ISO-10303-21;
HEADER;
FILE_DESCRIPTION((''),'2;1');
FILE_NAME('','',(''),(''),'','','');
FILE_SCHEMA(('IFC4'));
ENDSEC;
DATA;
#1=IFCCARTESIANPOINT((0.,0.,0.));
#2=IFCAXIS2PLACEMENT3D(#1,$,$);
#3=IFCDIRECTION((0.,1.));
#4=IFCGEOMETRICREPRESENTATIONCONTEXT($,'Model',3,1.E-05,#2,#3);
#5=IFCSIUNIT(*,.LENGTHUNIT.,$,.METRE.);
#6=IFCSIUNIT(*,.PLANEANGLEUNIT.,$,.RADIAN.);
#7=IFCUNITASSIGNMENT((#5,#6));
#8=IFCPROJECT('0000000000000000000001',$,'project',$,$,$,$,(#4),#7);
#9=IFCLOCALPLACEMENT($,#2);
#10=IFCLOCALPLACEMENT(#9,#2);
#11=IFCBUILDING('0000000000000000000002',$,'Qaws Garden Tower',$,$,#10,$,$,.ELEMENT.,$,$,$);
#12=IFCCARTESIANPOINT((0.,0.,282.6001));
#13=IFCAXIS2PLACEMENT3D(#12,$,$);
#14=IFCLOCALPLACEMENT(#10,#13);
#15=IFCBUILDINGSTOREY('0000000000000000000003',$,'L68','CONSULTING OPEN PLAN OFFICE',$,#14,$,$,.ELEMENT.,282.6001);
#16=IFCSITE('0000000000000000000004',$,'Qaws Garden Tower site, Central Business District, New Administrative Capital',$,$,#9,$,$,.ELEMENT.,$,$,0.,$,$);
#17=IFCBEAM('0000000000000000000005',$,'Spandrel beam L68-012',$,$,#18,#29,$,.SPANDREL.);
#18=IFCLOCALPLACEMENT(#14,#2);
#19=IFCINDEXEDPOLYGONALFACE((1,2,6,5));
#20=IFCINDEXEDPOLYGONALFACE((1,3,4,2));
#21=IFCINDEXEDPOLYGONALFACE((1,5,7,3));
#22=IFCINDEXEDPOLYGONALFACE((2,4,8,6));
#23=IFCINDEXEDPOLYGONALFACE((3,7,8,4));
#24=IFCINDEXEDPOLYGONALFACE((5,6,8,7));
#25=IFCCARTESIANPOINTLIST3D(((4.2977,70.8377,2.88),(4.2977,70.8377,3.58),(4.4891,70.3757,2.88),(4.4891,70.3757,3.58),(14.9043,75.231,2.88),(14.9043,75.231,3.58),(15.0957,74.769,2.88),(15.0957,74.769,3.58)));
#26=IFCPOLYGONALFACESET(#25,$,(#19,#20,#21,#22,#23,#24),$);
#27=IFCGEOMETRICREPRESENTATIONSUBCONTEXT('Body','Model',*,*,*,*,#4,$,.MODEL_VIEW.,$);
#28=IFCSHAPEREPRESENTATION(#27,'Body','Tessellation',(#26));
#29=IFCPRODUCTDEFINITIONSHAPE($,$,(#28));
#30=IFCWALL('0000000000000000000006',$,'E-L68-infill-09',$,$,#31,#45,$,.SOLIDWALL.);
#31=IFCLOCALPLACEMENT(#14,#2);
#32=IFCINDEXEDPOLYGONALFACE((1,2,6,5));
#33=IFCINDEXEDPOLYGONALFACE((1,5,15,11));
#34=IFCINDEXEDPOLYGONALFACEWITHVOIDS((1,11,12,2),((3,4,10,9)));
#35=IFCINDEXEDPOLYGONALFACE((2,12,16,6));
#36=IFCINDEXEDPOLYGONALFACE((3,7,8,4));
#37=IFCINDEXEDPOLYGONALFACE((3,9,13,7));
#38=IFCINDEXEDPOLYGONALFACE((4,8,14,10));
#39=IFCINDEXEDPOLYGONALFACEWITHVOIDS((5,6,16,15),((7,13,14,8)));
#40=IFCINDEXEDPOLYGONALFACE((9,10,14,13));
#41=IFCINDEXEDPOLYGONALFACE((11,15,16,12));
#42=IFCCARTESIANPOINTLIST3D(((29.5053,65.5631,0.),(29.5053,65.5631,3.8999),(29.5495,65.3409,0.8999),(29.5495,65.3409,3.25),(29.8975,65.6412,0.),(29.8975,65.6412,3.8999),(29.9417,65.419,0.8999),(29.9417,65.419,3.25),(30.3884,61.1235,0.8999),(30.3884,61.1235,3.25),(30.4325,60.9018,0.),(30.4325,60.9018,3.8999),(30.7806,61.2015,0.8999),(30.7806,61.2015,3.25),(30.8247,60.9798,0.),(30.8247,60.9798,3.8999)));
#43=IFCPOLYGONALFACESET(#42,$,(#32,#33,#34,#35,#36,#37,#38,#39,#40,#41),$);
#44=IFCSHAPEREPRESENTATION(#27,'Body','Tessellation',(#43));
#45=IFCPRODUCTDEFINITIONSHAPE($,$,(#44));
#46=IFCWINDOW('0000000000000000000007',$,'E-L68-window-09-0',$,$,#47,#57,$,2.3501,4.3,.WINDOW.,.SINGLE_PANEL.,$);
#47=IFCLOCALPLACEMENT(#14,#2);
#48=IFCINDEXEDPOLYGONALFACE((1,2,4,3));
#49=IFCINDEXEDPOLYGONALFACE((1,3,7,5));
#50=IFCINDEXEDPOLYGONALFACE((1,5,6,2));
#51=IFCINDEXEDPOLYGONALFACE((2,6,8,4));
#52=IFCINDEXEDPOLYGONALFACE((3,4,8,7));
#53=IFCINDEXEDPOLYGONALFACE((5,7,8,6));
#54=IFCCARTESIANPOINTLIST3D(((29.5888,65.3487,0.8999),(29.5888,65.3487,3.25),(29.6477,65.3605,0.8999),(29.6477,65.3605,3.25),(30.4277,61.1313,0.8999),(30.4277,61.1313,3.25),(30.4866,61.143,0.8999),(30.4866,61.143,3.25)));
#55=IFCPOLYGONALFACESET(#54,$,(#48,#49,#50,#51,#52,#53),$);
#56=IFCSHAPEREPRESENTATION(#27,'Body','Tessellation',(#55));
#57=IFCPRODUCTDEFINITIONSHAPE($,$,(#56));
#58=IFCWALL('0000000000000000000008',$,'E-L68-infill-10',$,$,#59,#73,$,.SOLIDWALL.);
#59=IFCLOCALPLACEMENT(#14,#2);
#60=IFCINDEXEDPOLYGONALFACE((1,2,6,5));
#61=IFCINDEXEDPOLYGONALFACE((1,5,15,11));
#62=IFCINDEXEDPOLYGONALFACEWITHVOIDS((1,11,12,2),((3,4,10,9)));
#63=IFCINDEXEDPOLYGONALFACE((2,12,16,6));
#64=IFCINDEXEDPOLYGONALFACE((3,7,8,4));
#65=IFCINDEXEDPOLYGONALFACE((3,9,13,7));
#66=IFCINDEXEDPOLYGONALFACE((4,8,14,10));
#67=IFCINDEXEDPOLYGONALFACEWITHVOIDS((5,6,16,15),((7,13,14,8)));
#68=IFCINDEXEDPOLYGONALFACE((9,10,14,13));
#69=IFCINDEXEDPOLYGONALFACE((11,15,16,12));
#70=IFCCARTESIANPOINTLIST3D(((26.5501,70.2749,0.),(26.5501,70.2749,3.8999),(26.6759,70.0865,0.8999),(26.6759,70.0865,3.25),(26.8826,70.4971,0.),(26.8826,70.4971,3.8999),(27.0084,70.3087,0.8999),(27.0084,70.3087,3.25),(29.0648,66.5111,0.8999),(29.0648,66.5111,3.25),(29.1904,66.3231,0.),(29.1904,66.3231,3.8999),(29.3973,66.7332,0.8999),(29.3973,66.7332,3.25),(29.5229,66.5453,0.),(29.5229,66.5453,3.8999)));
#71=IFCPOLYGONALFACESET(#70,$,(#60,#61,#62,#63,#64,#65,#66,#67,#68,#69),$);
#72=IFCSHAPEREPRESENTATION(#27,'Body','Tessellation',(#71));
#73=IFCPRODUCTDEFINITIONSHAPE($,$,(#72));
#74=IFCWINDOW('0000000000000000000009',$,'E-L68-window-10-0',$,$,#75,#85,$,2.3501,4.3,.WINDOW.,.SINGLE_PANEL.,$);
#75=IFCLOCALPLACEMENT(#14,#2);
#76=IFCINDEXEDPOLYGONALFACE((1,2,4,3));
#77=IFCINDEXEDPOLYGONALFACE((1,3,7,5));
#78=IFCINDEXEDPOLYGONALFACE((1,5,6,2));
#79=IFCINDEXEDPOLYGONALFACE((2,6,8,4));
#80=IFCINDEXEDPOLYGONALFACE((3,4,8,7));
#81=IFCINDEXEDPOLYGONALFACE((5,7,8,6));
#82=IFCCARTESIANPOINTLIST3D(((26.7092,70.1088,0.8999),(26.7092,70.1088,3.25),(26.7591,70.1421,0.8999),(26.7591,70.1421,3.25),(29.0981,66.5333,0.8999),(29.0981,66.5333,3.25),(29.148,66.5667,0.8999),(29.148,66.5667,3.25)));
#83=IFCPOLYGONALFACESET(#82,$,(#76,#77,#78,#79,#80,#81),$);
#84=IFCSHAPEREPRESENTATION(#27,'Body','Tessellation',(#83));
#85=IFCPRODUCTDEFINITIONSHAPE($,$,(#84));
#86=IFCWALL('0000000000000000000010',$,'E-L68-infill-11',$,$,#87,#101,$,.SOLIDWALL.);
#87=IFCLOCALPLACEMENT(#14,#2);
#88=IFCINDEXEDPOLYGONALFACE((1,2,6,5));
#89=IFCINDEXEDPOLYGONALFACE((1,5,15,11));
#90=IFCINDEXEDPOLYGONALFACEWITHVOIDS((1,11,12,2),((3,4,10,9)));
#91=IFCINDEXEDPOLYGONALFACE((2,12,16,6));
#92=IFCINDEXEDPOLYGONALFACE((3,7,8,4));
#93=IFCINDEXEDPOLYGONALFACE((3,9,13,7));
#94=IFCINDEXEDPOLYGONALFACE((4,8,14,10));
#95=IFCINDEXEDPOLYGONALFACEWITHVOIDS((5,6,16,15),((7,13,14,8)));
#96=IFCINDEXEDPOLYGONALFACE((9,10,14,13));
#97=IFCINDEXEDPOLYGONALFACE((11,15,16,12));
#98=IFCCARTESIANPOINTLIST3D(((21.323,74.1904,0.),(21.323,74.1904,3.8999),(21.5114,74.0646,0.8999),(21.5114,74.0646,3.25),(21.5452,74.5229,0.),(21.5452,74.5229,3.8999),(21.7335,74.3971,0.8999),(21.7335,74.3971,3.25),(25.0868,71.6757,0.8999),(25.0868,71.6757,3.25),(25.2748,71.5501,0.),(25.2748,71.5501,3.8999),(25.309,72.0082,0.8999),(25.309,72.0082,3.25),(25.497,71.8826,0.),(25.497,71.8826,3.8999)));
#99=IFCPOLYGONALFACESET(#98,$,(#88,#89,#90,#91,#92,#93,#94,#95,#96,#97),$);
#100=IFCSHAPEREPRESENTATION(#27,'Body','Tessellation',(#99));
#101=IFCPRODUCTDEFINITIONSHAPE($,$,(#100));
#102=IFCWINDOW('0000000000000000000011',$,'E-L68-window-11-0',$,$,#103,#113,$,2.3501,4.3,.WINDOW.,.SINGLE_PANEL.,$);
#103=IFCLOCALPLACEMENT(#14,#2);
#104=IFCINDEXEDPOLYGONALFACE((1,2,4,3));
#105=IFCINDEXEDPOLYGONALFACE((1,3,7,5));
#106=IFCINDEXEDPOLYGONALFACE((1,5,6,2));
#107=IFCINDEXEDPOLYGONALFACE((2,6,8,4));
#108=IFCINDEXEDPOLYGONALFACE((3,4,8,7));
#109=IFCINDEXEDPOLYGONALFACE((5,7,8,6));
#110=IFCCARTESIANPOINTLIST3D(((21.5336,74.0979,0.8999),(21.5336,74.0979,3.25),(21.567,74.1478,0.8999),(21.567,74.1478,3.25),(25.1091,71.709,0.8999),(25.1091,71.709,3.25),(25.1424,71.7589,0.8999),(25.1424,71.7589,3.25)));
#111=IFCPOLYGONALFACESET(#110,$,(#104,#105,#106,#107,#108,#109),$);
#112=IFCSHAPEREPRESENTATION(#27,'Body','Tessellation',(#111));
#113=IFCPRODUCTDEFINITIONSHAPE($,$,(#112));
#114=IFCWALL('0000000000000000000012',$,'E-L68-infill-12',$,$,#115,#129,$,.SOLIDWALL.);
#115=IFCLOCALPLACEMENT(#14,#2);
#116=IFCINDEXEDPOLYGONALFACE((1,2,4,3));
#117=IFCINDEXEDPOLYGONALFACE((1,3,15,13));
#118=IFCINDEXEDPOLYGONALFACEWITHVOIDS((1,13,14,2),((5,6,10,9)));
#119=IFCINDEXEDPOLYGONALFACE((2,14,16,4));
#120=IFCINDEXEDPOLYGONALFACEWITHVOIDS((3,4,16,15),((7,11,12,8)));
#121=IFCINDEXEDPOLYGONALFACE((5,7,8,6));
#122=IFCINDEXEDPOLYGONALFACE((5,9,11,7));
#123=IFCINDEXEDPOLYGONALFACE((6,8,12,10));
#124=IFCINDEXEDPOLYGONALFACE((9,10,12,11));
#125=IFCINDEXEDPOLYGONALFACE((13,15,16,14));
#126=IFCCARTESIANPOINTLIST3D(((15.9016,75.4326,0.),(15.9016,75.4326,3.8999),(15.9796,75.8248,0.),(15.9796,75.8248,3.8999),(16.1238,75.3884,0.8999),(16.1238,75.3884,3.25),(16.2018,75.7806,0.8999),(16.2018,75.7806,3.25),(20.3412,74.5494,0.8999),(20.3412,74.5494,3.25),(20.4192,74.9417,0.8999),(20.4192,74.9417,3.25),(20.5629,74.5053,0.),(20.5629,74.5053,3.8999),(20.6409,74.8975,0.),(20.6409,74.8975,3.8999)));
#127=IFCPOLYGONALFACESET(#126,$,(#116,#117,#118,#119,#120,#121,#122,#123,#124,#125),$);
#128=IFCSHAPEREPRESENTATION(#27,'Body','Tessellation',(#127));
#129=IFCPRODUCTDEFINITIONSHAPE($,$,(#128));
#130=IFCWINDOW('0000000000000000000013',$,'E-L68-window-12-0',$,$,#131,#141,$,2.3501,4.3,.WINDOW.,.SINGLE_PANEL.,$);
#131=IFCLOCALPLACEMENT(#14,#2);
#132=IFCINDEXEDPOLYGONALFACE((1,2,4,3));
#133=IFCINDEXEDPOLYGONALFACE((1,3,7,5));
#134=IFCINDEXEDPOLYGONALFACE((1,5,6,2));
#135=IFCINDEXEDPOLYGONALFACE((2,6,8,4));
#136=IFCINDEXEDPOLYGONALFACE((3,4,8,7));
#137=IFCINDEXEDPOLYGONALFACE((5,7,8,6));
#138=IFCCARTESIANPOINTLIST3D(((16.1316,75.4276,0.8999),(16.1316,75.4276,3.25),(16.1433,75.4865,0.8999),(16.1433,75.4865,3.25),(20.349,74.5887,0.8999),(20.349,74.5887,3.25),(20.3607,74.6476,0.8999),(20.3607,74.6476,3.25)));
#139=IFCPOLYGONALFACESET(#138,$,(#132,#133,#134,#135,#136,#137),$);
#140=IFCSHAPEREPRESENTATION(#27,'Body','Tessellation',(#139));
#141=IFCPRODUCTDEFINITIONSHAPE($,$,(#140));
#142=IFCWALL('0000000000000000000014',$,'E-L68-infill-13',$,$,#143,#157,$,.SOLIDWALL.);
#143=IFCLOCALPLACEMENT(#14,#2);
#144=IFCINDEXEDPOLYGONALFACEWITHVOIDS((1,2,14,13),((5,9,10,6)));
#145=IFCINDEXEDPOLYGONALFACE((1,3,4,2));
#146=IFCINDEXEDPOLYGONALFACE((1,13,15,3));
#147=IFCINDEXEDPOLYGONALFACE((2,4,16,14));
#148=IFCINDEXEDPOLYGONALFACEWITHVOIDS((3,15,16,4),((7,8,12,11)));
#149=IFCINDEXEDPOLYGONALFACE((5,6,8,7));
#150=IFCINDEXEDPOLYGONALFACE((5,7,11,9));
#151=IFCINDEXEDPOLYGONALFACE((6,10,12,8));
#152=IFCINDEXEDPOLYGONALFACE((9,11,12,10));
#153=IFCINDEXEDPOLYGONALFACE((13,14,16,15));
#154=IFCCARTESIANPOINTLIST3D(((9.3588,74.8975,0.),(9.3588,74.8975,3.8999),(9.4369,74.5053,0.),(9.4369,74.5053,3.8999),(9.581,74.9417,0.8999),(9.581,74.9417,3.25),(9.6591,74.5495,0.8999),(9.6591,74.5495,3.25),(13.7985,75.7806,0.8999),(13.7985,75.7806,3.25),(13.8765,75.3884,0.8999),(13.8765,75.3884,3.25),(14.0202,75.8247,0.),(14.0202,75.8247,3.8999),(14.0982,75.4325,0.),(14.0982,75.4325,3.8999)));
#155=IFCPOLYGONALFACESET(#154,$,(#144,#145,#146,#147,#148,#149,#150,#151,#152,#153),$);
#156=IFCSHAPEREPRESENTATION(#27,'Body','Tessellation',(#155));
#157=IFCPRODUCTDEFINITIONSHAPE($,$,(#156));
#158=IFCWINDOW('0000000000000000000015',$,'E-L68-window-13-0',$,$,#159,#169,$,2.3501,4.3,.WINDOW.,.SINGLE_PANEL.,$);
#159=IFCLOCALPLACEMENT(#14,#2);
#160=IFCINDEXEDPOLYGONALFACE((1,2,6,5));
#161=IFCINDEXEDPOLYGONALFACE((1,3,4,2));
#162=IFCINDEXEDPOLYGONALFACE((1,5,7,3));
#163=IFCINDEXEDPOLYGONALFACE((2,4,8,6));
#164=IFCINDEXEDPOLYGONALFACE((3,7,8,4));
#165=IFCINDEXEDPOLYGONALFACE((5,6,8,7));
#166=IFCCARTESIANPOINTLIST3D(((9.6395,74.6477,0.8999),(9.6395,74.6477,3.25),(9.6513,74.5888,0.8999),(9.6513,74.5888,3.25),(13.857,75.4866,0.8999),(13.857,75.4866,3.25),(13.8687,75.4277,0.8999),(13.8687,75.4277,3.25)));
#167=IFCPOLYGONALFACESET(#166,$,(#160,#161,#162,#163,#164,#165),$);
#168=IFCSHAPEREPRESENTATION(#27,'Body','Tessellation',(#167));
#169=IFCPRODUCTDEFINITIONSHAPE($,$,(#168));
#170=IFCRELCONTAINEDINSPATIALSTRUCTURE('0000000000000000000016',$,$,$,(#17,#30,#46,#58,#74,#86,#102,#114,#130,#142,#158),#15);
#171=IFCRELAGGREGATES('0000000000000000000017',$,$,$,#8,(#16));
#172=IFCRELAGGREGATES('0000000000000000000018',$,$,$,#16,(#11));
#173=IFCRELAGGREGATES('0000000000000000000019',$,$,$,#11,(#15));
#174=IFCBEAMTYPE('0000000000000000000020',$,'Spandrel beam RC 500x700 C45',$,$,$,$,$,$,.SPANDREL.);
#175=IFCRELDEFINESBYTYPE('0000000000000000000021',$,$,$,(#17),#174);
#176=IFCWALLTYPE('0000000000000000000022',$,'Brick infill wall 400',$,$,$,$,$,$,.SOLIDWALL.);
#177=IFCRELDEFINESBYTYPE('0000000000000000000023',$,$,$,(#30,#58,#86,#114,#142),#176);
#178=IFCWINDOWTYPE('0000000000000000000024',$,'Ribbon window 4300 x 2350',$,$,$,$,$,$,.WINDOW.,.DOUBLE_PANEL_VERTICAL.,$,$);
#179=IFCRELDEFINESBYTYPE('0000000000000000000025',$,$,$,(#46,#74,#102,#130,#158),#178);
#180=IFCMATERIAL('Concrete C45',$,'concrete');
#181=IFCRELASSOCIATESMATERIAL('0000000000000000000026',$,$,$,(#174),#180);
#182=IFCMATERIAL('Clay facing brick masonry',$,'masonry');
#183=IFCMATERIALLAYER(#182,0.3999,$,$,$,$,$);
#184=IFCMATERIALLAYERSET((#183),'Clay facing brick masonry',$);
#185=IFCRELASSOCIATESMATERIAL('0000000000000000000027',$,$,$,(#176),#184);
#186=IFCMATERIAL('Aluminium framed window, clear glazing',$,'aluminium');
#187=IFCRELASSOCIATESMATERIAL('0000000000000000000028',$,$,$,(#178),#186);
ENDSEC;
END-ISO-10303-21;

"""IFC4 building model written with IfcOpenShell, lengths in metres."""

from ifc_helpers import new_model, si_unit, direction, frame, frame_2d, origin, origin_2d, place, context, subcontext, project, spatial, rectangle, extrude, material, layer, layer_set, material_profile, profile_set, type_object, element, fill, save


model = new_model("IFC4")

# Units and contexts
model_context = context("Model", 3, precision=1e-05, world=origin(), true_north=direction((0.0, 1.0)))
body_context = subcontext(model_context, "Body", "Model", "MODEL_VIEW")
ifc_project = project(units=[si_unit("LENGTHUNIT", "METRE"), si_unit("PLANEANGLEUNIT", "RADIAN")], contexts=[model_context])

# Site, building, storey
site_placement = place(None, origin())
site = spatial("IfcSite", under=ifc_project, at=site_placement, Name="Qaws Garden Tower site, Central Business District, New Administrative Capital", CompositionType="ELEMENT", RefElevation=0.0)
building_placement = place(site_placement, origin())
building = spatial("IfcBuilding", under=site, at=building_placement, Name="Qaws Garden Tower", CompositionType="ELEMENT")
storey_placement = place(building_placement, frame((0.0, 0.0, 282.6001)))
storey = spatial("IfcBuildingStorey", under=building, at=storey_placement, Name="L68", Description="CONSULTING OPEN PLAN OFFICE", CompositionType="ELEMENT", Elevation=282.6001)

# Beam
ifc_material_1 = material(Name="Concrete C45", Category="concrete")
ifc_material_profile_1 = material_profile(ifc_material_1, rectangle(XDim=0.5, YDim=0.7, at=origin_2d()), Name="RC 500x700")
ifc_profile_set_1 = profile_set([ifc_material_profile_1], Name="Concrete C45")
beam_type = type_object("IfcBeamType", Name="Spandrel beam RC 500x700 C45", PredefinedType="SPANDREL", material=ifc_profile_set_1)
for number, where, z_axis, x_axis, name in (
    (1, (15.0, 75.0, 3.23), (-0.923883, -0.382674, 0.0), (0.382674, -0.923883, 0.0), "Spandrel beam L68-012"),
):
    element("IfcBeam", number, at=place(storey_placement, frame(where, z_axis=z_axis, x_axis=x_axis)), inside=storey, type_object=beam_type, Name=name, PredefinedType="SPANDREL", context=body_context, shape_type="SweptSolid", body=[
        extrude(rectangle(XDim=0.5, YDim=0.7, at=origin_2d()), origin(), (0.0, 0.0, 1.0), 11.4805),
    ])

# Walls, openings, windows
ifc_material_2 = material(Name="Clay facing brick masonry", Category="masonry")
ifc_layer_1 = layer(ifc_material_2, 0.3999)
ifc_layer_set_1 = layer_set([ifc_layer_1], Name="Clay facing brick masonry")
wall_type_1 = type_object("IfcWallType", Name="Brick infill wall 400", PredefinedType="SOLIDWALL", material=ifc_layer_set_1)
wall_1_placement = place(storey_placement, frame((30.6287, 60.9407, 0.0), z_axis=(0.0, 0.0, 1.0), x_axis=(-0.195099, 0.980784, 0.0)))
wall_1 = element("IfcWall", 2, at=wall_1_placement, inside=storey, type_object=wall_type_1, Name="E-L68-infill-09", PredefinedType="SOLIDWALL", context=body_context, shape_type="SweptSolid", body=[
    extrude(rectangle(XDim=4.7527, YDim=0.3999, at=frame_2d((2.3765, 0.0))), origin(), (0.0, 0.0, 1.0), 3.8999),
])
opening_1_placement = place(wall_1_placement, frame((0.2263, 0.0, 0.8999)))
opening_1 = element("IfcOpeningElement", 3, at=opening_1_placement, cuts=wall_1, PredefinedType="OPENING", context=body_context, shape_type="SweptSolid", body=[
    extrude(rectangle(XDim=4.3, YDim=2.3501, at=frame_2d((2.1499, 1.175))), frame((0.0, 0.21, 0.0), z_axis=(0.0, -1.0, 0.0), x_axis=(1.0, 0.0, 0.0)), (0.0, 0.0, 1.0), 0.4199),
])
ifc_material_3 = material(Name="Aluminium framed window, clear glazing", Category="aluminium")
window_type = type_object("IfcWindowType", Name="Ribbon window 4300 x 2350", PartitioningType="DOUBLE_PANEL_VERTICAL", PredefinedType="WINDOW", material=ifc_material_3)
window_1_placement = place(opening_1_placement, origin())
window_1 = element("IfcWindow", 4, at=window_1_placement, inside=storey, type_object=window_type, Name="E-L68-window-09-0", OverallHeight=2.3501, OverallWidth=4.3, PartitioningType="SINGLE_PANEL", PredefinedType="WINDOW", context=body_context, shape_type="SweptSolid", body=[
    extrude(rectangle(XDim=4.3, YDim=2.3501, at=frame_2d((2.1499, 1.175))), frame((0.0, 0.1599, 0.0), z_axis=(0.0, -1.0, 0.0), x_axis=(1.0, 0.0, 0.0)), (0.0, 0.0, 1.0), 0.0601),
])
fill(opening_1, window_1)
wall_2_placement = place(storey_placement, frame((29.3567, 66.4341, 0.0), z_axis=(0.0, 0.0, 1.0), x_axis=(-0.555542, 0.831489, 0.0)))
wall_2 = element("IfcWall", 5, at=wall_2_placement, inside=storey, type_object=wall_type_1, Name="E-L68-infill-10", PredefinedType="SOLIDWALL", context=body_context, shape_type="SweptSolid", body=[
    extrude(rectangle(XDim=4.7527, YDim=0.3999, at=frame_2d((2.3765, 0.0))), origin(), (0.0, 0.0, 1.0), 3.8999),
])
opening_2_placement = place(wall_2_placement, frame((0.2263, 0.0, 0.8999)))
opening_2 = element("IfcOpeningElement", 6, at=opening_2_placement, cuts=wall_2, PredefinedType="OPENING", context=body_context, shape_type="SweptSolid", body=[
    extrude(rectangle(XDim=4.3, YDim=2.3501, at=frame_2d((2.1499, 1.175))), frame((0.0, 0.21, 0.0), z_axis=(0.0, -1.0, 0.0), x_axis=(1.0, 0.0, 0.0)), (0.0, 0.0, 1.0), 0.4199),
])
window_2_placement = place(opening_2_placement, origin())
window_2 = element("IfcWindow", 7, at=window_2_placement, inside=storey, type_object=window_type, Name="E-L68-window-10-0", OverallHeight=2.3501, OverallWidth=4.3, PartitioningType="SINGLE_PANEL", PredefinedType="WINDOW", context=body_context, shape_type="SweptSolid", body=[
    extrude(rectangle(XDim=4.3, YDim=2.3501, at=frame_2d((2.1499, 1.175))), frame((0.0, 0.1599, 0.0), z_axis=(0.0, -1.0, 0.0), x_axis=(1.0, 0.0, 0.0)), (0.0, 0.0, 1.0), 0.0601),
])
fill(opening_2, window_2)
wall_3_placement = place(storey_placement, frame((25.386, 71.7163, 0.0), z_axis=(0.0, 0.0, 1.0), x_axis=(-0.831489, 0.555542, 0.0)))
wall_3 = element("IfcWall", 8, at=wall_3_placement, inside=storey, type_object=wall_type_1, Name="E-L68-infill-11", PredefinedType="SOLIDWALL", context=body_context, shape_type="SweptSolid", body=[
    extrude(rectangle(XDim=4.7527, YDim=0.3999, at=frame_2d((2.3765, 0.0))), origin(), (0.0, 0.0, 1.0), 3.8999),
])
opening_3_placement = place(wall_3_placement, frame((0.2263, 0.0, 0.8999)))
opening_3 = element("IfcOpeningElement", 9, at=opening_3_placement, cuts=wall_3, PredefinedType="OPENING", context=body_context, shape_type="SweptSolid", body=[
    extrude(rectangle(XDim=4.3, YDim=2.3501, at=frame_2d((2.1499, 1.175))), frame((0.0, 0.21, 0.0), z_axis=(0.0, -1.0, 0.0), x_axis=(1.0, 0.0, 0.0)), (0.0, 0.0, 1.0), 0.4199),
])
window_3_placement = place(opening_3_placement, origin())
window_3 = element("IfcWindow", 10, at=window_3_placement, inside=storey, type_object=window_type, Name="E-L68-window-11-0", OverallHeight=2.3501, OverallWidth=4.3, PartitioningType="SINGLE_PANEL", PredefinedType="WINDOW", context=body_context, shape_type="SweptSolid", body=[
    extrude(rectangle(XDim=4.3, YDim=2.3501, at=frame_2d((2.1499, 1.175))), frame((0.0, 0.1599, 0.0), z_axis=(0.0, -1.0, 0.0), x_axis=(1.0, 0.0, 0.0)), (0.0, 0.0, 1.0), 0.0601),
])
fill(opening_3, window_3)
wall_4_placement = place(storey_placement, frame((20.6021, 74.7014, 0.0), z_axis=(0.0, 0.0, 1.0), x_axis=(-0.980784, 0.195099, 0.0)))
wall_4 = element("IfcWall", 11, at=wall_4_placement, inside=storey, type_object=wall_type_1, Name="E-L68-infill-12", PredefinedType="SOLIDWALL", context=body_context, shape_type="SweptSolid", body=[
    extrude(rectangle(XDim=4.7527, YDim=0.3999, at=frame_2d((2.3765, 0.0))), origin(), (0.0, 0.0, 1.0), 3.8999),
])
opening_4_placement = place(wall_4_placement, frame((0.2263, 0.0, 0.8999)))
opening_4 = element("IfcOpeningElement", 12, at=opening_4_placement, cuts=wall_4, PredefinedType="OPENING", context=body_context, shape_type="SweptSolid", body=[
    extrude(rectangle(XDim=4.3, YDim=2.3501, at=frame_2d((2.1499, 1.175))), frame((0.0, 0.21, 0.0), z_axis=(0.0, -1.0, 0.0), x_axis=(1.0, 0.0, 0.0)), (0.0, 0.0, 1.0), 0.4199),
])
window_4_placement = place(opening_4_placement, origin())
window_4 = element("IfcWindow", 13, at=window_4_placement, inside=storey, type_object=window_type, Name="E-L68-window-12-0", OverallHeight=2.3501, OverallWidth=4.3, PartitioningType="SINGLE_PANEL", PredefinedType="WINDOW", context=body_context, shape_type="SweptSolid", body=[
    extrude(rectangle(XDim=4.3, YDim=2.3501, at=frame_2d((2.1499, 1.175))), frame((0.0, 0.1599, 0.0), z_axis=(0.0, -1.0, 0.0), x_axis=(1.0, 0.0, 0.0)), (0.0, 0.0, 1.0), 0.0601),
])
fill(opening_4, window_4)
wall_5_placement = place(storey_placement, frame((14.0593, 75.6287, 0.0), z_axis=(0.0, 0.0, 1.0), x_axis=(-0.980784, -0.195099, 0.0)))
wall_5 = element("IfcWall", 14, at=wall_5_placement, inside=storey, type_object=wall_type_1, Name="E-L68-infill-13", PredefinedType="SOLIDWALL", context=body_context, shape_type="SweptSolid", body=[
    extrude(rectangle(XDim=4.7527, YDim=0.3999, at=frame_2d((2.3765, 0.0))), origin(), (0.0, 0.0, 1.0), 3.8999),
])
opening_5_placement = place(wall_5_placement, frame((0.2263, 0.0, 0.8999)))
opening_5 = element("IfcOpeningElement", 15, at=opening_5_placement, cuts=wall_5, PredefinedType="OPENING", context=body_context, shape_type="SweptSolid", body=[
    extrude(rectangle(XDim=4.3, YDim=2.3501, at=frame_2d((2.1499, 1.175))), frame((0.0, 0.21, 0.0), z_axis=(0.0, -1.0, 0.0), x_axis=(1.0, 0.0, 0.0)), (0.0, 0.0, 1.0), 0.4199),
])
window_5_placement = place(opening_5_placement, origin())
window_5 = element("IfcWindow", 16, at=window_5_placement, inside=storey, type_object=window_type, Name="E-L68-window-13-0", OverallHeight=2.3501, OverallWidth=4.3, PartitioningType="SINGLE_PANEL", PredefinedType="WINDOW", context=body_context, shape_type="SweptSolid", body=[
    extrude(rectangle(XDim=4.3, YDim=2.3501, at=frame_2d((2.1499, 1.175))), frame((0.0, 0.1599, 0.0), z_axis=(0.0, -1.0, 0.0), x_axis=(1.0, 0.0, 0.0)), (0.0, 0.0, 1.0), 0.0601),
])
fill(opening_5, window_5)

save(model, "model.ifc")
